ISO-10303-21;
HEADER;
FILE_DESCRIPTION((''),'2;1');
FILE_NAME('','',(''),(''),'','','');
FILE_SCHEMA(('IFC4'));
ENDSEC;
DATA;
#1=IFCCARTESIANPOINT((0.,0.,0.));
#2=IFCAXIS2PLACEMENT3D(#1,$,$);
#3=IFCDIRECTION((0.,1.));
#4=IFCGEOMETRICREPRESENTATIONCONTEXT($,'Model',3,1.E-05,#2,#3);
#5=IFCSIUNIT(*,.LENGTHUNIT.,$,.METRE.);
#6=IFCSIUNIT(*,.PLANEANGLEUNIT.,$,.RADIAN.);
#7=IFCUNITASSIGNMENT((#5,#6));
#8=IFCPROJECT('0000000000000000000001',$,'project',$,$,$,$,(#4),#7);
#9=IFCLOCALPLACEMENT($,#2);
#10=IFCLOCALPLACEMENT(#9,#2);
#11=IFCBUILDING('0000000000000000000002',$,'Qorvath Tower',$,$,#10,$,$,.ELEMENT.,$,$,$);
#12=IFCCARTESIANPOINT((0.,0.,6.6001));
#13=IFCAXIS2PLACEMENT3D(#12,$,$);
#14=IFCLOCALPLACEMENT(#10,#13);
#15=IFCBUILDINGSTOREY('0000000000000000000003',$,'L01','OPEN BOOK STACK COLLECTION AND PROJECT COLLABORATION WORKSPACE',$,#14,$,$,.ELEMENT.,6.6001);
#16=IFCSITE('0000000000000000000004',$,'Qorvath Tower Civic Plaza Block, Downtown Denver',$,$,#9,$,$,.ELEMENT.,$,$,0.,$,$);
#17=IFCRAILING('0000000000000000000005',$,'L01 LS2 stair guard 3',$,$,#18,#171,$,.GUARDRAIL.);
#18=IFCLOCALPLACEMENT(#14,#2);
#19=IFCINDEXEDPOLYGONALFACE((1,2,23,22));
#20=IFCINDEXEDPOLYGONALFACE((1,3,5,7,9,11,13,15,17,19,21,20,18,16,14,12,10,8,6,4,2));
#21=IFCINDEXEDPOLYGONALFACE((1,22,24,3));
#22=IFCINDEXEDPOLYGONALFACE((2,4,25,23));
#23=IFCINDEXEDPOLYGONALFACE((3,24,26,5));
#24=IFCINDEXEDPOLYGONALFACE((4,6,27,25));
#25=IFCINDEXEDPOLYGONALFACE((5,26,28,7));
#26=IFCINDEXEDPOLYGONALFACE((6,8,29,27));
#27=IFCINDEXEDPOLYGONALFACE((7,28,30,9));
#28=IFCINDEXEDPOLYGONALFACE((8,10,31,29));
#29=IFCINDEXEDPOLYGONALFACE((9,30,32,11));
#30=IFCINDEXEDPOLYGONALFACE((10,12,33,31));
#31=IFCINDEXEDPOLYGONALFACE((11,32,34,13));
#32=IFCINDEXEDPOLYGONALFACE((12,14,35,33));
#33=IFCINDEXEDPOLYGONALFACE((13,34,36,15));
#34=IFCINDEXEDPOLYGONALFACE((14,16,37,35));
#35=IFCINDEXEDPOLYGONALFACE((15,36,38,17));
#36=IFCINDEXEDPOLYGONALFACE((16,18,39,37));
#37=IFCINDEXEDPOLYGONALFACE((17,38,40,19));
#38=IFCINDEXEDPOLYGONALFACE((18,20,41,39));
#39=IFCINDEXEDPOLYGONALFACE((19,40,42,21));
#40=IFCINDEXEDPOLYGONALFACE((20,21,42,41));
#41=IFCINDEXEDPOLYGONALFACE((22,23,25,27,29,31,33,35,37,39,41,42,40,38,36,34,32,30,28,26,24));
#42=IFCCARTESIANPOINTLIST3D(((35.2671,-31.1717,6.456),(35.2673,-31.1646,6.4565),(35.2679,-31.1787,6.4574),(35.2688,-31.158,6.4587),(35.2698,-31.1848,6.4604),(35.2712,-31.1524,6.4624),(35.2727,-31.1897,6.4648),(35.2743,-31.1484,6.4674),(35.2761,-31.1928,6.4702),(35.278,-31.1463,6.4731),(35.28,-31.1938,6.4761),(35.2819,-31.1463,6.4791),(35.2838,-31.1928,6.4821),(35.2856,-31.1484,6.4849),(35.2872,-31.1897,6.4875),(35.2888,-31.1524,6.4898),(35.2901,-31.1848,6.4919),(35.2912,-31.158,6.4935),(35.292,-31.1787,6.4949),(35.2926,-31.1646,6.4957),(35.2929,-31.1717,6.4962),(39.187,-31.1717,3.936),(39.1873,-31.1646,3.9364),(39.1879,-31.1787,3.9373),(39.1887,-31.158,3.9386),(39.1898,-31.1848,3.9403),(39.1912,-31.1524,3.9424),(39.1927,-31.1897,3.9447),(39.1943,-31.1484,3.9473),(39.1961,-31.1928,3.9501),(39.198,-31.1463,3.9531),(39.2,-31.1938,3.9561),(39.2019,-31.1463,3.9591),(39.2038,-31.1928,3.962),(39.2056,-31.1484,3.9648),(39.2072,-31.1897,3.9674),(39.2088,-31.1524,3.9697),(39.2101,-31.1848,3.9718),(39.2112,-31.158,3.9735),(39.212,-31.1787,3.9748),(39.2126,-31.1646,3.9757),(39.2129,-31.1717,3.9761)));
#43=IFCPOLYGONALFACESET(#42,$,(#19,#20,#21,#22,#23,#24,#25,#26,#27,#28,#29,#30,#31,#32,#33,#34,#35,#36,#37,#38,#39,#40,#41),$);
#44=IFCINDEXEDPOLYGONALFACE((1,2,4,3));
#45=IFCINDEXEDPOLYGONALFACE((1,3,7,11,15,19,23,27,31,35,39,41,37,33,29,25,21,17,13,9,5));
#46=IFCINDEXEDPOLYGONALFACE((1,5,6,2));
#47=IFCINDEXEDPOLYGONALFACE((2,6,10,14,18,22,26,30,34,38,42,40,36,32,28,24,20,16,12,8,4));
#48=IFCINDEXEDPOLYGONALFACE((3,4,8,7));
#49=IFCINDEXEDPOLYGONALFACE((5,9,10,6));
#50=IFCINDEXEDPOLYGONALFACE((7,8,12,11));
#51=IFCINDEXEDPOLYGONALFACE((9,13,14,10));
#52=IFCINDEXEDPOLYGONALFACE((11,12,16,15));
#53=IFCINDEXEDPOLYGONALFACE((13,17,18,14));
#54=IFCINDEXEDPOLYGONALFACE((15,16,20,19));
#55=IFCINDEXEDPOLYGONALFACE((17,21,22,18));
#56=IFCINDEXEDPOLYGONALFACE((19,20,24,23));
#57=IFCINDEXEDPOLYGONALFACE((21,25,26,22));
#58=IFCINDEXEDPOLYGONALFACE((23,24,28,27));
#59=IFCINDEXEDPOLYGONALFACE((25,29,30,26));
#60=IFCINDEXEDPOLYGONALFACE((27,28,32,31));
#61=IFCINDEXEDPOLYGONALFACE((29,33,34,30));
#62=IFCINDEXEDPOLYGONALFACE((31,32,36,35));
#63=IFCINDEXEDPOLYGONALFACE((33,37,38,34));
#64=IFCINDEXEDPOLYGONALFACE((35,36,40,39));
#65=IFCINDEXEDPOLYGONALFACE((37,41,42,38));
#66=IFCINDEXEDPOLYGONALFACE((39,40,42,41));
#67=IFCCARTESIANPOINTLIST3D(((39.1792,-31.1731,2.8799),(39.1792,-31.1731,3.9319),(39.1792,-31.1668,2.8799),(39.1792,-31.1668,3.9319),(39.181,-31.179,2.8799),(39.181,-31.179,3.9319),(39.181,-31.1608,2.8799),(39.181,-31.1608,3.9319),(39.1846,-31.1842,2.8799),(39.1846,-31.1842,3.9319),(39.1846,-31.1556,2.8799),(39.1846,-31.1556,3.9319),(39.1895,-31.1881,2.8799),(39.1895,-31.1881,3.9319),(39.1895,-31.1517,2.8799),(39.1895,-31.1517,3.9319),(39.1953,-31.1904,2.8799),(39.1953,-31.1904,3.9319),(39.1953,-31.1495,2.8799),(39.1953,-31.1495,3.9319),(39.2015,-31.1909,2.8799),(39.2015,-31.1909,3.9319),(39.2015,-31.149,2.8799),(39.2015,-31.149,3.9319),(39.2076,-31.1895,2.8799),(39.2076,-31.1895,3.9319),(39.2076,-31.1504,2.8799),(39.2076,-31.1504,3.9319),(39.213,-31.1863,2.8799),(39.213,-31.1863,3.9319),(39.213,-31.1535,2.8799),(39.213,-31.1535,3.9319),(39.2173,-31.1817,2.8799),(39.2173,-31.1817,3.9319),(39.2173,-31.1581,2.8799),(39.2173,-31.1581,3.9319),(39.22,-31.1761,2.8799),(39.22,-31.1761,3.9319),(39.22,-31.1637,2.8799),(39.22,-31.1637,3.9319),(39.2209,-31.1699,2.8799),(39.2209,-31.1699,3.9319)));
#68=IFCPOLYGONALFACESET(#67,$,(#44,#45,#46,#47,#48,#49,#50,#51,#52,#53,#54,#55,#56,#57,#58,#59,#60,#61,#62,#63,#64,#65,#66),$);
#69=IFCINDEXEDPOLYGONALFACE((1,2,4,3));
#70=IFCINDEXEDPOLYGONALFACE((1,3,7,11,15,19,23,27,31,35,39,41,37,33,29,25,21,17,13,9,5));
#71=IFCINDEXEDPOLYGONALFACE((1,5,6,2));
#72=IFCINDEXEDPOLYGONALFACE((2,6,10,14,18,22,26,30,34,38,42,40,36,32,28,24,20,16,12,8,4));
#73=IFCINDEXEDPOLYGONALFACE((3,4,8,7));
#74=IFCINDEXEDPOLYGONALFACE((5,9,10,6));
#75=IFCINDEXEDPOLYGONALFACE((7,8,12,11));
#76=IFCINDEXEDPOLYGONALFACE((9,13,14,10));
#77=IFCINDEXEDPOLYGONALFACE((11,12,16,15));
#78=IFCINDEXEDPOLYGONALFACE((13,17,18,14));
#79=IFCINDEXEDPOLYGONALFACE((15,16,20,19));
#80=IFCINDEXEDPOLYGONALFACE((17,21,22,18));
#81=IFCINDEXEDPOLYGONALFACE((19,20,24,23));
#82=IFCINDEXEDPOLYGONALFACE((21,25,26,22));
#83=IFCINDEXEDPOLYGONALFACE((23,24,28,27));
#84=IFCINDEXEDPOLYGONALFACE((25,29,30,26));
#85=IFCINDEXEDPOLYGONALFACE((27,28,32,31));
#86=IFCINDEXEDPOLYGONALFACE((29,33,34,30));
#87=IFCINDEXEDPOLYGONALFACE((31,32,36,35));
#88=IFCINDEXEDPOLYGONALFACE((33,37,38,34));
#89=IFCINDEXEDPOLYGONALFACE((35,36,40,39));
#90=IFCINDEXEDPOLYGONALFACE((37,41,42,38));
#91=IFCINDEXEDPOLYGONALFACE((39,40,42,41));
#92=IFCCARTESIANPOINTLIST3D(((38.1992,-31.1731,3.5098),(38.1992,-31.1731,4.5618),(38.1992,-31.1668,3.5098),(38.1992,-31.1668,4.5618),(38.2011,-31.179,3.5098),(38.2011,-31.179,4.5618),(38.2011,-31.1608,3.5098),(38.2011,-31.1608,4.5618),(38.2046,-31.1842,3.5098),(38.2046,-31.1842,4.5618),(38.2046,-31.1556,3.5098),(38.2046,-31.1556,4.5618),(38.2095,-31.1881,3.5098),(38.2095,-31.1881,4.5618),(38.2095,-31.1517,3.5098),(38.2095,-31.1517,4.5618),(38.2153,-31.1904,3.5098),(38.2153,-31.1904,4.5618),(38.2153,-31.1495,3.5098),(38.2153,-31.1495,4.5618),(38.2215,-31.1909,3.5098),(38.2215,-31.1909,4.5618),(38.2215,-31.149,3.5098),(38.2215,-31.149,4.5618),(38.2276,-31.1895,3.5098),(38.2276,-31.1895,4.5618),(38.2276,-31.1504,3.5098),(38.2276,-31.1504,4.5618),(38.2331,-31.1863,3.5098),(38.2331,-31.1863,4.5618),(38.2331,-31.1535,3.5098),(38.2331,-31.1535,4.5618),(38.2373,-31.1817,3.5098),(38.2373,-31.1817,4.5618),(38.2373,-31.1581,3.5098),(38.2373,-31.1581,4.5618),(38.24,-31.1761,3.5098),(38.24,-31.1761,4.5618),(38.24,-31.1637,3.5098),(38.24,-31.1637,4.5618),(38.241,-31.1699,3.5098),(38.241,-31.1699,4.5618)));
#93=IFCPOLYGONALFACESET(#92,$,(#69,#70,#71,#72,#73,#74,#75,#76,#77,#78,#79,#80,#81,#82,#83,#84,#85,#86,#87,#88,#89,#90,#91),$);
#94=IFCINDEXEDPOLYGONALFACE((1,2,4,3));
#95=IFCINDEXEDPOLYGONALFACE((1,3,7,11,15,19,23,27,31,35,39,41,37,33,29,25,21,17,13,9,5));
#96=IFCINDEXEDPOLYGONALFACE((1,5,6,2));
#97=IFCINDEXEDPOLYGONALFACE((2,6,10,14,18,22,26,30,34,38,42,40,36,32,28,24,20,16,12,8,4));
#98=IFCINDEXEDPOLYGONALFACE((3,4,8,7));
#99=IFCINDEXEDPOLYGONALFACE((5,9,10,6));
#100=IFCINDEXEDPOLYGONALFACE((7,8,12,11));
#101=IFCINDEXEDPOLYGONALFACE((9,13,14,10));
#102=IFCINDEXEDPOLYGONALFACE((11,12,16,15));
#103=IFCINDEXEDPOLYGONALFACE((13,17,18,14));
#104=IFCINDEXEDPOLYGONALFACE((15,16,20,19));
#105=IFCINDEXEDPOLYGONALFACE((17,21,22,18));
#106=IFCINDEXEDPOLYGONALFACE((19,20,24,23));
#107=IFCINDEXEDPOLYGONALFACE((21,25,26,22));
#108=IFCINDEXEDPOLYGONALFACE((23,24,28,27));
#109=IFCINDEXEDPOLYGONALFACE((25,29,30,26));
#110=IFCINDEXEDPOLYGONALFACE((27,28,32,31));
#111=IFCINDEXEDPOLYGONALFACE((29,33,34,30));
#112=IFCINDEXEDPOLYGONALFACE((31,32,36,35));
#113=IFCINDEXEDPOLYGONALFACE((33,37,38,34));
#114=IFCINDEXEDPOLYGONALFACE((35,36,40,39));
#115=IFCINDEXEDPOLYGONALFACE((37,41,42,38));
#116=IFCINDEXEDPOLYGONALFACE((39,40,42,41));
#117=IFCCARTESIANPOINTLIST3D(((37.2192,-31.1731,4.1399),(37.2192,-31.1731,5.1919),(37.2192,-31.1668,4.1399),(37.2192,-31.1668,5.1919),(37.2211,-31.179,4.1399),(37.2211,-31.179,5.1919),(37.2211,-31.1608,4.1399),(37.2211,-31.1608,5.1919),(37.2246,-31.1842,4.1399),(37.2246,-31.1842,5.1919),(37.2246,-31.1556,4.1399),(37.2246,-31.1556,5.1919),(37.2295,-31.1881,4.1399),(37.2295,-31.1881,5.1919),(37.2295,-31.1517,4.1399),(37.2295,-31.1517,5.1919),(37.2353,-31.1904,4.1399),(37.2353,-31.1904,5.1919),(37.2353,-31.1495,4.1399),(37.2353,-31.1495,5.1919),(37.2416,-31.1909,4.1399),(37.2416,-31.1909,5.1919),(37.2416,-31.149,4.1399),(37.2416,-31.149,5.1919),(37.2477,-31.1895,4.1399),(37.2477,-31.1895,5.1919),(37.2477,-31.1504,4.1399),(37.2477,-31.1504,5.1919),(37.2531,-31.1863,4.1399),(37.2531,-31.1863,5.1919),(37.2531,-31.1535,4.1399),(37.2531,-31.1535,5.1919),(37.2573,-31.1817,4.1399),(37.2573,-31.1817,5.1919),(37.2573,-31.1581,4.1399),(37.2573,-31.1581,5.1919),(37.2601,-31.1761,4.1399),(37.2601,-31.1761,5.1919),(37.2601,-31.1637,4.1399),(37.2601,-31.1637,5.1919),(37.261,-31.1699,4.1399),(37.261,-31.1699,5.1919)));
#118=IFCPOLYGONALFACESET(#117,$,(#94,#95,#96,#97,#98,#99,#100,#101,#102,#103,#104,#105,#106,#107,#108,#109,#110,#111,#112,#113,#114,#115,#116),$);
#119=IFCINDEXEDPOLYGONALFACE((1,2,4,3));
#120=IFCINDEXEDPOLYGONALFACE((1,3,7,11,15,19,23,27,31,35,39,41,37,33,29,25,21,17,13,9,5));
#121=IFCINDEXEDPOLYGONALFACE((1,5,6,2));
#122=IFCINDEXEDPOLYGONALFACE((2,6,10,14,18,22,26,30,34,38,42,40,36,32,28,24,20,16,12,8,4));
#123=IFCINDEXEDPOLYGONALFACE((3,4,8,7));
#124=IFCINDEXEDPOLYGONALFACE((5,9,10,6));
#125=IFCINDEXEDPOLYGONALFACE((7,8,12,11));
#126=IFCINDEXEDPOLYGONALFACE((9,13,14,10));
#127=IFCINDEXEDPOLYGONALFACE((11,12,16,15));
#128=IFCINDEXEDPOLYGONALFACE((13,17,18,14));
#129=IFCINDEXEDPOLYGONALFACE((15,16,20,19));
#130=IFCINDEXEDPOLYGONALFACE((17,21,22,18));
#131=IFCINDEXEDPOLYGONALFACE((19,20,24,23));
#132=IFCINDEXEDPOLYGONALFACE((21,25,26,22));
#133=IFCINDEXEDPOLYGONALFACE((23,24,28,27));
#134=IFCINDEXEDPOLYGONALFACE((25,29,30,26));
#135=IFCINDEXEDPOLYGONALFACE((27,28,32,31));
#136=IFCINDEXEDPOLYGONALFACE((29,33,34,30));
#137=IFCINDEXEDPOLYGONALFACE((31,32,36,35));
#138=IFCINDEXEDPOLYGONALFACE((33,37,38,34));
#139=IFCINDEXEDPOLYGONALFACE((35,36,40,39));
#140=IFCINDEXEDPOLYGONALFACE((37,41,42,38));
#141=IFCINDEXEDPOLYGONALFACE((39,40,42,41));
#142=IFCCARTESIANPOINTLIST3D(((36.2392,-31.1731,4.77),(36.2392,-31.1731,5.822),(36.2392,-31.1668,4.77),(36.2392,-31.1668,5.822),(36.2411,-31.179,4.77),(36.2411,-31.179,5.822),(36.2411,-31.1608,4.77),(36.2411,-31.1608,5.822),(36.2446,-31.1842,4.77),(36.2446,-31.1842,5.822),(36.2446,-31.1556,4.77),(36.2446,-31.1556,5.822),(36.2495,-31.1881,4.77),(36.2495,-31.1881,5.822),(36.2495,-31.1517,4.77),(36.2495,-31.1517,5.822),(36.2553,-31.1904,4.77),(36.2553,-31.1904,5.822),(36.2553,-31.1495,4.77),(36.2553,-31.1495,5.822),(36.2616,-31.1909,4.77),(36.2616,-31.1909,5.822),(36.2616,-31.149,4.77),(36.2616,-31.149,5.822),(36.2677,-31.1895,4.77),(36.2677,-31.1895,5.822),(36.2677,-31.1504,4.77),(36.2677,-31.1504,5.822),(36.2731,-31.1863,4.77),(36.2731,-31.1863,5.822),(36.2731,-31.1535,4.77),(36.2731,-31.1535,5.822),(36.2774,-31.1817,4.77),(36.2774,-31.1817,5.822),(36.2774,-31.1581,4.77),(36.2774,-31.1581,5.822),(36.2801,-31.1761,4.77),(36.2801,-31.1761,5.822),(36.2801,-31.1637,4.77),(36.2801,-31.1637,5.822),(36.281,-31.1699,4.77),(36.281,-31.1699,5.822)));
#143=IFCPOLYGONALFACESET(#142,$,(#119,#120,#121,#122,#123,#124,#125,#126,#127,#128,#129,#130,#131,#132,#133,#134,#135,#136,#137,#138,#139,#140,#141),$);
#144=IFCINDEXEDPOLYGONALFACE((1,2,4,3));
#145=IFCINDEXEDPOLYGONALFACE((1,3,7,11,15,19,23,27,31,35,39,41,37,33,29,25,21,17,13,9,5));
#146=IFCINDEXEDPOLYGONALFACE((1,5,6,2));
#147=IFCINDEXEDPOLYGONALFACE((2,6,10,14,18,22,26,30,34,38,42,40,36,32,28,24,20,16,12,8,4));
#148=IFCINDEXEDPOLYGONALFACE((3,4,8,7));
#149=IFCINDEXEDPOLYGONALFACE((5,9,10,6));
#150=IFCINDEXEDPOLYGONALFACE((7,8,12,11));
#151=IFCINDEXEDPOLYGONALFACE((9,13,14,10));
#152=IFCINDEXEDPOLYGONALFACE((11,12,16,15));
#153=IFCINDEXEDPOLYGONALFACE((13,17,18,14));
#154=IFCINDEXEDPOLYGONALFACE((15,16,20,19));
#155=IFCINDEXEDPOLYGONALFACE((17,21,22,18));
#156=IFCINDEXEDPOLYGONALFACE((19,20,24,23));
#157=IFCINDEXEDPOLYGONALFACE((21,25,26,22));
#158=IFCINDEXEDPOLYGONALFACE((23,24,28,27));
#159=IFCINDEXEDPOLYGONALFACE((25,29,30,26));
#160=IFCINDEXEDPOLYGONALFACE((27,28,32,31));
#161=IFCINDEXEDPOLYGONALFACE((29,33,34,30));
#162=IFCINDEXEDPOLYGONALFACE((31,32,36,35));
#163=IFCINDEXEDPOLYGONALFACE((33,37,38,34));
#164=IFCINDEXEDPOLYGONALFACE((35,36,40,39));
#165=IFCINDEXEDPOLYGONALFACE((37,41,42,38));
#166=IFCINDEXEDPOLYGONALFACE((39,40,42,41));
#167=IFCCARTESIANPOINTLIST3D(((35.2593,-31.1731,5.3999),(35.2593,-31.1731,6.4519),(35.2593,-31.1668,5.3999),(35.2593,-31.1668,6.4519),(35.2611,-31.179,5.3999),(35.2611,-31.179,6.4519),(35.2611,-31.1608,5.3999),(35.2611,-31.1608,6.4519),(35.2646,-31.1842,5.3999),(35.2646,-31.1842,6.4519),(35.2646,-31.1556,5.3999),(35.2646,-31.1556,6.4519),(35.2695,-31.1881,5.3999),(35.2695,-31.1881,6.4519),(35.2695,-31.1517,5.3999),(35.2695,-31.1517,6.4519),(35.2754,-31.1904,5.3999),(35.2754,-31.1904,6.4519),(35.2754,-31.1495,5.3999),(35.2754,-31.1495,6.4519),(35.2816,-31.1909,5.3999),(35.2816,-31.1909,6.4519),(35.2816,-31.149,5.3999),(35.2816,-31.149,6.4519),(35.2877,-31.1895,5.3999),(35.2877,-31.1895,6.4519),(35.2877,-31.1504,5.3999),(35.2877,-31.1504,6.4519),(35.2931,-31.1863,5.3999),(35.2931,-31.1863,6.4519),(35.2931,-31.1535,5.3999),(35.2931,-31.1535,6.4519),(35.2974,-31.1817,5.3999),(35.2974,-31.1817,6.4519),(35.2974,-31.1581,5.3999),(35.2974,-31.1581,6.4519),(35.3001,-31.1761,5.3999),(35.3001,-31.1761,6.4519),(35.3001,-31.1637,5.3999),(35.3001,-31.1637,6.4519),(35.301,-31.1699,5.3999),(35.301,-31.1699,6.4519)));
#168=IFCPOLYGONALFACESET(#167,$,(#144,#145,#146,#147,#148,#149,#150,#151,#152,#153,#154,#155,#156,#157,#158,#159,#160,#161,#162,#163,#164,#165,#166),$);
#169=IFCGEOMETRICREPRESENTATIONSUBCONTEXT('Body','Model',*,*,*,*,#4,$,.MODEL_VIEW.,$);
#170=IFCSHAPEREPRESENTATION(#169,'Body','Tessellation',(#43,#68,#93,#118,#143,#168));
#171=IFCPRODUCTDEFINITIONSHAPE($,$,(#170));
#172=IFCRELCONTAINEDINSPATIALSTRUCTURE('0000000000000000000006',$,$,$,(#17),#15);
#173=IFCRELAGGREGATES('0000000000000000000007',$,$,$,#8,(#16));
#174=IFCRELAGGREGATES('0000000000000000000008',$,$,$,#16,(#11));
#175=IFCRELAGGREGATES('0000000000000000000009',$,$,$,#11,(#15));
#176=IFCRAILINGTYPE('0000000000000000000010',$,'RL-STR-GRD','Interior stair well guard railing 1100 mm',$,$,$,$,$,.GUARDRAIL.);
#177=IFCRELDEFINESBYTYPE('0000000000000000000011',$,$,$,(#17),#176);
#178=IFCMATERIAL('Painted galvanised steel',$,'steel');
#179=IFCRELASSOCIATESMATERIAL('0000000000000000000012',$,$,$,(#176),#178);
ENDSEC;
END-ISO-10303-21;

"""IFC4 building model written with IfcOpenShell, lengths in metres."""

from ifc_helpers import new_model, si_unit, direction, frame, origin, origin_2d, place, context, subcontext, project, spatial, circle, extrude, material, type_object, element, save


model = new_model("IFC4")

# Units and contexts
model_context = context("Model", 3, precision=1e-05, world=origin(), true_north=direction((0.0, 1.0)))
body_context = subcontext(model_context, "Body", "Model", "MODEL_VIEW")
ifc_project = project(units=[si_unit("LENGTHUNIT", "METRE"), si_unit("PLANEANGLEUNIT", "RADIAN")], contexts=[model_context])

# Site, building, storey
site_placement = place(None, origin())
site = spatial("IfcSite", under=ifc_project, at=site_placement, Name="Qorvath Tower Civic Plaza Block, Downtown Denver", CompositionType="ELEMENT", RefElevation=0.0)
building_placement = place(site_placement, origin())
building = spatial("IfcBuilding", under=site, at=building_placement, Name="Qorvath Tower", CompositionType="ELEMENT")
storey_placement = place(building_placement, frame((0.0, 0.0, 6.6001)))
storey = spatial("IfcBuildingStorey", under=building, at=storey_placement, Name="L01", Description="OPEN BOOK STACK COLLECTION AND PROJECT COLLABORATION WORKSPACE", CompositionType="ELEMENT", Elevation=6.6001)

# Railing
ifc_material_1 = material(Name="Painted galvanised steel", Category="steel")
railing_type_1 = type_object("IfcRailingType", Name="RL-STR-GRD", Description="Interior stair well guard railing 1100 mm", PredefinedType="GUARDRAIL", material=ifc_material_1)
railing_1_placement = place(storey_placement, frame((39.2, -31.1699, 2.8799)))
element("IfcRailing", 1, at=railing_1_placement, inside=storey, type_object=railing_type_1, Name="L01 LS2 stair guard 3", PredefinedType="GUARDRAIL", context=body_context, shape_type="SweptSolid", body=[
    extrude(circle(Radius=0.0239, at=origin_2d()), frame((0.0, 0.0, 1.0762), z_axis=(-0.841172, 0.0, 0.540768), x_axis=(0.0, -1.0, 0.0)), (0.0, 0.0, 1.0), 4.6602),
    extrude(circle(Radius=0.021, at=origin_2d()), origin(), (0.0, 0.0, 1.0), 1.052),
    extrude(circle(Radius=0.021, at=origin_2d()), frame((-0.98, 0.0, 0.6299)), (0.0, 0.0, 1.0), 1.052),
    extrude(circle(Radius=0.021, at=origin_2d()), frame((-1.96, 0.0, 1.26)), (0.0, 0.0, 1.0), 1.052),
    extrude(circle(Radius=0.021, at=origin_2d()), frame((-2.9399, 0.0, 1.8901)), (0.0, 0.0, 1.0), 1.052),
    extrude(circle(Radius=0.021, at=origin_2d()), frame((-3.9199, 0.0, 2.52)), (0.0, 0.0, 1.0), 1.052),
])

save(model, "model.ifc")
